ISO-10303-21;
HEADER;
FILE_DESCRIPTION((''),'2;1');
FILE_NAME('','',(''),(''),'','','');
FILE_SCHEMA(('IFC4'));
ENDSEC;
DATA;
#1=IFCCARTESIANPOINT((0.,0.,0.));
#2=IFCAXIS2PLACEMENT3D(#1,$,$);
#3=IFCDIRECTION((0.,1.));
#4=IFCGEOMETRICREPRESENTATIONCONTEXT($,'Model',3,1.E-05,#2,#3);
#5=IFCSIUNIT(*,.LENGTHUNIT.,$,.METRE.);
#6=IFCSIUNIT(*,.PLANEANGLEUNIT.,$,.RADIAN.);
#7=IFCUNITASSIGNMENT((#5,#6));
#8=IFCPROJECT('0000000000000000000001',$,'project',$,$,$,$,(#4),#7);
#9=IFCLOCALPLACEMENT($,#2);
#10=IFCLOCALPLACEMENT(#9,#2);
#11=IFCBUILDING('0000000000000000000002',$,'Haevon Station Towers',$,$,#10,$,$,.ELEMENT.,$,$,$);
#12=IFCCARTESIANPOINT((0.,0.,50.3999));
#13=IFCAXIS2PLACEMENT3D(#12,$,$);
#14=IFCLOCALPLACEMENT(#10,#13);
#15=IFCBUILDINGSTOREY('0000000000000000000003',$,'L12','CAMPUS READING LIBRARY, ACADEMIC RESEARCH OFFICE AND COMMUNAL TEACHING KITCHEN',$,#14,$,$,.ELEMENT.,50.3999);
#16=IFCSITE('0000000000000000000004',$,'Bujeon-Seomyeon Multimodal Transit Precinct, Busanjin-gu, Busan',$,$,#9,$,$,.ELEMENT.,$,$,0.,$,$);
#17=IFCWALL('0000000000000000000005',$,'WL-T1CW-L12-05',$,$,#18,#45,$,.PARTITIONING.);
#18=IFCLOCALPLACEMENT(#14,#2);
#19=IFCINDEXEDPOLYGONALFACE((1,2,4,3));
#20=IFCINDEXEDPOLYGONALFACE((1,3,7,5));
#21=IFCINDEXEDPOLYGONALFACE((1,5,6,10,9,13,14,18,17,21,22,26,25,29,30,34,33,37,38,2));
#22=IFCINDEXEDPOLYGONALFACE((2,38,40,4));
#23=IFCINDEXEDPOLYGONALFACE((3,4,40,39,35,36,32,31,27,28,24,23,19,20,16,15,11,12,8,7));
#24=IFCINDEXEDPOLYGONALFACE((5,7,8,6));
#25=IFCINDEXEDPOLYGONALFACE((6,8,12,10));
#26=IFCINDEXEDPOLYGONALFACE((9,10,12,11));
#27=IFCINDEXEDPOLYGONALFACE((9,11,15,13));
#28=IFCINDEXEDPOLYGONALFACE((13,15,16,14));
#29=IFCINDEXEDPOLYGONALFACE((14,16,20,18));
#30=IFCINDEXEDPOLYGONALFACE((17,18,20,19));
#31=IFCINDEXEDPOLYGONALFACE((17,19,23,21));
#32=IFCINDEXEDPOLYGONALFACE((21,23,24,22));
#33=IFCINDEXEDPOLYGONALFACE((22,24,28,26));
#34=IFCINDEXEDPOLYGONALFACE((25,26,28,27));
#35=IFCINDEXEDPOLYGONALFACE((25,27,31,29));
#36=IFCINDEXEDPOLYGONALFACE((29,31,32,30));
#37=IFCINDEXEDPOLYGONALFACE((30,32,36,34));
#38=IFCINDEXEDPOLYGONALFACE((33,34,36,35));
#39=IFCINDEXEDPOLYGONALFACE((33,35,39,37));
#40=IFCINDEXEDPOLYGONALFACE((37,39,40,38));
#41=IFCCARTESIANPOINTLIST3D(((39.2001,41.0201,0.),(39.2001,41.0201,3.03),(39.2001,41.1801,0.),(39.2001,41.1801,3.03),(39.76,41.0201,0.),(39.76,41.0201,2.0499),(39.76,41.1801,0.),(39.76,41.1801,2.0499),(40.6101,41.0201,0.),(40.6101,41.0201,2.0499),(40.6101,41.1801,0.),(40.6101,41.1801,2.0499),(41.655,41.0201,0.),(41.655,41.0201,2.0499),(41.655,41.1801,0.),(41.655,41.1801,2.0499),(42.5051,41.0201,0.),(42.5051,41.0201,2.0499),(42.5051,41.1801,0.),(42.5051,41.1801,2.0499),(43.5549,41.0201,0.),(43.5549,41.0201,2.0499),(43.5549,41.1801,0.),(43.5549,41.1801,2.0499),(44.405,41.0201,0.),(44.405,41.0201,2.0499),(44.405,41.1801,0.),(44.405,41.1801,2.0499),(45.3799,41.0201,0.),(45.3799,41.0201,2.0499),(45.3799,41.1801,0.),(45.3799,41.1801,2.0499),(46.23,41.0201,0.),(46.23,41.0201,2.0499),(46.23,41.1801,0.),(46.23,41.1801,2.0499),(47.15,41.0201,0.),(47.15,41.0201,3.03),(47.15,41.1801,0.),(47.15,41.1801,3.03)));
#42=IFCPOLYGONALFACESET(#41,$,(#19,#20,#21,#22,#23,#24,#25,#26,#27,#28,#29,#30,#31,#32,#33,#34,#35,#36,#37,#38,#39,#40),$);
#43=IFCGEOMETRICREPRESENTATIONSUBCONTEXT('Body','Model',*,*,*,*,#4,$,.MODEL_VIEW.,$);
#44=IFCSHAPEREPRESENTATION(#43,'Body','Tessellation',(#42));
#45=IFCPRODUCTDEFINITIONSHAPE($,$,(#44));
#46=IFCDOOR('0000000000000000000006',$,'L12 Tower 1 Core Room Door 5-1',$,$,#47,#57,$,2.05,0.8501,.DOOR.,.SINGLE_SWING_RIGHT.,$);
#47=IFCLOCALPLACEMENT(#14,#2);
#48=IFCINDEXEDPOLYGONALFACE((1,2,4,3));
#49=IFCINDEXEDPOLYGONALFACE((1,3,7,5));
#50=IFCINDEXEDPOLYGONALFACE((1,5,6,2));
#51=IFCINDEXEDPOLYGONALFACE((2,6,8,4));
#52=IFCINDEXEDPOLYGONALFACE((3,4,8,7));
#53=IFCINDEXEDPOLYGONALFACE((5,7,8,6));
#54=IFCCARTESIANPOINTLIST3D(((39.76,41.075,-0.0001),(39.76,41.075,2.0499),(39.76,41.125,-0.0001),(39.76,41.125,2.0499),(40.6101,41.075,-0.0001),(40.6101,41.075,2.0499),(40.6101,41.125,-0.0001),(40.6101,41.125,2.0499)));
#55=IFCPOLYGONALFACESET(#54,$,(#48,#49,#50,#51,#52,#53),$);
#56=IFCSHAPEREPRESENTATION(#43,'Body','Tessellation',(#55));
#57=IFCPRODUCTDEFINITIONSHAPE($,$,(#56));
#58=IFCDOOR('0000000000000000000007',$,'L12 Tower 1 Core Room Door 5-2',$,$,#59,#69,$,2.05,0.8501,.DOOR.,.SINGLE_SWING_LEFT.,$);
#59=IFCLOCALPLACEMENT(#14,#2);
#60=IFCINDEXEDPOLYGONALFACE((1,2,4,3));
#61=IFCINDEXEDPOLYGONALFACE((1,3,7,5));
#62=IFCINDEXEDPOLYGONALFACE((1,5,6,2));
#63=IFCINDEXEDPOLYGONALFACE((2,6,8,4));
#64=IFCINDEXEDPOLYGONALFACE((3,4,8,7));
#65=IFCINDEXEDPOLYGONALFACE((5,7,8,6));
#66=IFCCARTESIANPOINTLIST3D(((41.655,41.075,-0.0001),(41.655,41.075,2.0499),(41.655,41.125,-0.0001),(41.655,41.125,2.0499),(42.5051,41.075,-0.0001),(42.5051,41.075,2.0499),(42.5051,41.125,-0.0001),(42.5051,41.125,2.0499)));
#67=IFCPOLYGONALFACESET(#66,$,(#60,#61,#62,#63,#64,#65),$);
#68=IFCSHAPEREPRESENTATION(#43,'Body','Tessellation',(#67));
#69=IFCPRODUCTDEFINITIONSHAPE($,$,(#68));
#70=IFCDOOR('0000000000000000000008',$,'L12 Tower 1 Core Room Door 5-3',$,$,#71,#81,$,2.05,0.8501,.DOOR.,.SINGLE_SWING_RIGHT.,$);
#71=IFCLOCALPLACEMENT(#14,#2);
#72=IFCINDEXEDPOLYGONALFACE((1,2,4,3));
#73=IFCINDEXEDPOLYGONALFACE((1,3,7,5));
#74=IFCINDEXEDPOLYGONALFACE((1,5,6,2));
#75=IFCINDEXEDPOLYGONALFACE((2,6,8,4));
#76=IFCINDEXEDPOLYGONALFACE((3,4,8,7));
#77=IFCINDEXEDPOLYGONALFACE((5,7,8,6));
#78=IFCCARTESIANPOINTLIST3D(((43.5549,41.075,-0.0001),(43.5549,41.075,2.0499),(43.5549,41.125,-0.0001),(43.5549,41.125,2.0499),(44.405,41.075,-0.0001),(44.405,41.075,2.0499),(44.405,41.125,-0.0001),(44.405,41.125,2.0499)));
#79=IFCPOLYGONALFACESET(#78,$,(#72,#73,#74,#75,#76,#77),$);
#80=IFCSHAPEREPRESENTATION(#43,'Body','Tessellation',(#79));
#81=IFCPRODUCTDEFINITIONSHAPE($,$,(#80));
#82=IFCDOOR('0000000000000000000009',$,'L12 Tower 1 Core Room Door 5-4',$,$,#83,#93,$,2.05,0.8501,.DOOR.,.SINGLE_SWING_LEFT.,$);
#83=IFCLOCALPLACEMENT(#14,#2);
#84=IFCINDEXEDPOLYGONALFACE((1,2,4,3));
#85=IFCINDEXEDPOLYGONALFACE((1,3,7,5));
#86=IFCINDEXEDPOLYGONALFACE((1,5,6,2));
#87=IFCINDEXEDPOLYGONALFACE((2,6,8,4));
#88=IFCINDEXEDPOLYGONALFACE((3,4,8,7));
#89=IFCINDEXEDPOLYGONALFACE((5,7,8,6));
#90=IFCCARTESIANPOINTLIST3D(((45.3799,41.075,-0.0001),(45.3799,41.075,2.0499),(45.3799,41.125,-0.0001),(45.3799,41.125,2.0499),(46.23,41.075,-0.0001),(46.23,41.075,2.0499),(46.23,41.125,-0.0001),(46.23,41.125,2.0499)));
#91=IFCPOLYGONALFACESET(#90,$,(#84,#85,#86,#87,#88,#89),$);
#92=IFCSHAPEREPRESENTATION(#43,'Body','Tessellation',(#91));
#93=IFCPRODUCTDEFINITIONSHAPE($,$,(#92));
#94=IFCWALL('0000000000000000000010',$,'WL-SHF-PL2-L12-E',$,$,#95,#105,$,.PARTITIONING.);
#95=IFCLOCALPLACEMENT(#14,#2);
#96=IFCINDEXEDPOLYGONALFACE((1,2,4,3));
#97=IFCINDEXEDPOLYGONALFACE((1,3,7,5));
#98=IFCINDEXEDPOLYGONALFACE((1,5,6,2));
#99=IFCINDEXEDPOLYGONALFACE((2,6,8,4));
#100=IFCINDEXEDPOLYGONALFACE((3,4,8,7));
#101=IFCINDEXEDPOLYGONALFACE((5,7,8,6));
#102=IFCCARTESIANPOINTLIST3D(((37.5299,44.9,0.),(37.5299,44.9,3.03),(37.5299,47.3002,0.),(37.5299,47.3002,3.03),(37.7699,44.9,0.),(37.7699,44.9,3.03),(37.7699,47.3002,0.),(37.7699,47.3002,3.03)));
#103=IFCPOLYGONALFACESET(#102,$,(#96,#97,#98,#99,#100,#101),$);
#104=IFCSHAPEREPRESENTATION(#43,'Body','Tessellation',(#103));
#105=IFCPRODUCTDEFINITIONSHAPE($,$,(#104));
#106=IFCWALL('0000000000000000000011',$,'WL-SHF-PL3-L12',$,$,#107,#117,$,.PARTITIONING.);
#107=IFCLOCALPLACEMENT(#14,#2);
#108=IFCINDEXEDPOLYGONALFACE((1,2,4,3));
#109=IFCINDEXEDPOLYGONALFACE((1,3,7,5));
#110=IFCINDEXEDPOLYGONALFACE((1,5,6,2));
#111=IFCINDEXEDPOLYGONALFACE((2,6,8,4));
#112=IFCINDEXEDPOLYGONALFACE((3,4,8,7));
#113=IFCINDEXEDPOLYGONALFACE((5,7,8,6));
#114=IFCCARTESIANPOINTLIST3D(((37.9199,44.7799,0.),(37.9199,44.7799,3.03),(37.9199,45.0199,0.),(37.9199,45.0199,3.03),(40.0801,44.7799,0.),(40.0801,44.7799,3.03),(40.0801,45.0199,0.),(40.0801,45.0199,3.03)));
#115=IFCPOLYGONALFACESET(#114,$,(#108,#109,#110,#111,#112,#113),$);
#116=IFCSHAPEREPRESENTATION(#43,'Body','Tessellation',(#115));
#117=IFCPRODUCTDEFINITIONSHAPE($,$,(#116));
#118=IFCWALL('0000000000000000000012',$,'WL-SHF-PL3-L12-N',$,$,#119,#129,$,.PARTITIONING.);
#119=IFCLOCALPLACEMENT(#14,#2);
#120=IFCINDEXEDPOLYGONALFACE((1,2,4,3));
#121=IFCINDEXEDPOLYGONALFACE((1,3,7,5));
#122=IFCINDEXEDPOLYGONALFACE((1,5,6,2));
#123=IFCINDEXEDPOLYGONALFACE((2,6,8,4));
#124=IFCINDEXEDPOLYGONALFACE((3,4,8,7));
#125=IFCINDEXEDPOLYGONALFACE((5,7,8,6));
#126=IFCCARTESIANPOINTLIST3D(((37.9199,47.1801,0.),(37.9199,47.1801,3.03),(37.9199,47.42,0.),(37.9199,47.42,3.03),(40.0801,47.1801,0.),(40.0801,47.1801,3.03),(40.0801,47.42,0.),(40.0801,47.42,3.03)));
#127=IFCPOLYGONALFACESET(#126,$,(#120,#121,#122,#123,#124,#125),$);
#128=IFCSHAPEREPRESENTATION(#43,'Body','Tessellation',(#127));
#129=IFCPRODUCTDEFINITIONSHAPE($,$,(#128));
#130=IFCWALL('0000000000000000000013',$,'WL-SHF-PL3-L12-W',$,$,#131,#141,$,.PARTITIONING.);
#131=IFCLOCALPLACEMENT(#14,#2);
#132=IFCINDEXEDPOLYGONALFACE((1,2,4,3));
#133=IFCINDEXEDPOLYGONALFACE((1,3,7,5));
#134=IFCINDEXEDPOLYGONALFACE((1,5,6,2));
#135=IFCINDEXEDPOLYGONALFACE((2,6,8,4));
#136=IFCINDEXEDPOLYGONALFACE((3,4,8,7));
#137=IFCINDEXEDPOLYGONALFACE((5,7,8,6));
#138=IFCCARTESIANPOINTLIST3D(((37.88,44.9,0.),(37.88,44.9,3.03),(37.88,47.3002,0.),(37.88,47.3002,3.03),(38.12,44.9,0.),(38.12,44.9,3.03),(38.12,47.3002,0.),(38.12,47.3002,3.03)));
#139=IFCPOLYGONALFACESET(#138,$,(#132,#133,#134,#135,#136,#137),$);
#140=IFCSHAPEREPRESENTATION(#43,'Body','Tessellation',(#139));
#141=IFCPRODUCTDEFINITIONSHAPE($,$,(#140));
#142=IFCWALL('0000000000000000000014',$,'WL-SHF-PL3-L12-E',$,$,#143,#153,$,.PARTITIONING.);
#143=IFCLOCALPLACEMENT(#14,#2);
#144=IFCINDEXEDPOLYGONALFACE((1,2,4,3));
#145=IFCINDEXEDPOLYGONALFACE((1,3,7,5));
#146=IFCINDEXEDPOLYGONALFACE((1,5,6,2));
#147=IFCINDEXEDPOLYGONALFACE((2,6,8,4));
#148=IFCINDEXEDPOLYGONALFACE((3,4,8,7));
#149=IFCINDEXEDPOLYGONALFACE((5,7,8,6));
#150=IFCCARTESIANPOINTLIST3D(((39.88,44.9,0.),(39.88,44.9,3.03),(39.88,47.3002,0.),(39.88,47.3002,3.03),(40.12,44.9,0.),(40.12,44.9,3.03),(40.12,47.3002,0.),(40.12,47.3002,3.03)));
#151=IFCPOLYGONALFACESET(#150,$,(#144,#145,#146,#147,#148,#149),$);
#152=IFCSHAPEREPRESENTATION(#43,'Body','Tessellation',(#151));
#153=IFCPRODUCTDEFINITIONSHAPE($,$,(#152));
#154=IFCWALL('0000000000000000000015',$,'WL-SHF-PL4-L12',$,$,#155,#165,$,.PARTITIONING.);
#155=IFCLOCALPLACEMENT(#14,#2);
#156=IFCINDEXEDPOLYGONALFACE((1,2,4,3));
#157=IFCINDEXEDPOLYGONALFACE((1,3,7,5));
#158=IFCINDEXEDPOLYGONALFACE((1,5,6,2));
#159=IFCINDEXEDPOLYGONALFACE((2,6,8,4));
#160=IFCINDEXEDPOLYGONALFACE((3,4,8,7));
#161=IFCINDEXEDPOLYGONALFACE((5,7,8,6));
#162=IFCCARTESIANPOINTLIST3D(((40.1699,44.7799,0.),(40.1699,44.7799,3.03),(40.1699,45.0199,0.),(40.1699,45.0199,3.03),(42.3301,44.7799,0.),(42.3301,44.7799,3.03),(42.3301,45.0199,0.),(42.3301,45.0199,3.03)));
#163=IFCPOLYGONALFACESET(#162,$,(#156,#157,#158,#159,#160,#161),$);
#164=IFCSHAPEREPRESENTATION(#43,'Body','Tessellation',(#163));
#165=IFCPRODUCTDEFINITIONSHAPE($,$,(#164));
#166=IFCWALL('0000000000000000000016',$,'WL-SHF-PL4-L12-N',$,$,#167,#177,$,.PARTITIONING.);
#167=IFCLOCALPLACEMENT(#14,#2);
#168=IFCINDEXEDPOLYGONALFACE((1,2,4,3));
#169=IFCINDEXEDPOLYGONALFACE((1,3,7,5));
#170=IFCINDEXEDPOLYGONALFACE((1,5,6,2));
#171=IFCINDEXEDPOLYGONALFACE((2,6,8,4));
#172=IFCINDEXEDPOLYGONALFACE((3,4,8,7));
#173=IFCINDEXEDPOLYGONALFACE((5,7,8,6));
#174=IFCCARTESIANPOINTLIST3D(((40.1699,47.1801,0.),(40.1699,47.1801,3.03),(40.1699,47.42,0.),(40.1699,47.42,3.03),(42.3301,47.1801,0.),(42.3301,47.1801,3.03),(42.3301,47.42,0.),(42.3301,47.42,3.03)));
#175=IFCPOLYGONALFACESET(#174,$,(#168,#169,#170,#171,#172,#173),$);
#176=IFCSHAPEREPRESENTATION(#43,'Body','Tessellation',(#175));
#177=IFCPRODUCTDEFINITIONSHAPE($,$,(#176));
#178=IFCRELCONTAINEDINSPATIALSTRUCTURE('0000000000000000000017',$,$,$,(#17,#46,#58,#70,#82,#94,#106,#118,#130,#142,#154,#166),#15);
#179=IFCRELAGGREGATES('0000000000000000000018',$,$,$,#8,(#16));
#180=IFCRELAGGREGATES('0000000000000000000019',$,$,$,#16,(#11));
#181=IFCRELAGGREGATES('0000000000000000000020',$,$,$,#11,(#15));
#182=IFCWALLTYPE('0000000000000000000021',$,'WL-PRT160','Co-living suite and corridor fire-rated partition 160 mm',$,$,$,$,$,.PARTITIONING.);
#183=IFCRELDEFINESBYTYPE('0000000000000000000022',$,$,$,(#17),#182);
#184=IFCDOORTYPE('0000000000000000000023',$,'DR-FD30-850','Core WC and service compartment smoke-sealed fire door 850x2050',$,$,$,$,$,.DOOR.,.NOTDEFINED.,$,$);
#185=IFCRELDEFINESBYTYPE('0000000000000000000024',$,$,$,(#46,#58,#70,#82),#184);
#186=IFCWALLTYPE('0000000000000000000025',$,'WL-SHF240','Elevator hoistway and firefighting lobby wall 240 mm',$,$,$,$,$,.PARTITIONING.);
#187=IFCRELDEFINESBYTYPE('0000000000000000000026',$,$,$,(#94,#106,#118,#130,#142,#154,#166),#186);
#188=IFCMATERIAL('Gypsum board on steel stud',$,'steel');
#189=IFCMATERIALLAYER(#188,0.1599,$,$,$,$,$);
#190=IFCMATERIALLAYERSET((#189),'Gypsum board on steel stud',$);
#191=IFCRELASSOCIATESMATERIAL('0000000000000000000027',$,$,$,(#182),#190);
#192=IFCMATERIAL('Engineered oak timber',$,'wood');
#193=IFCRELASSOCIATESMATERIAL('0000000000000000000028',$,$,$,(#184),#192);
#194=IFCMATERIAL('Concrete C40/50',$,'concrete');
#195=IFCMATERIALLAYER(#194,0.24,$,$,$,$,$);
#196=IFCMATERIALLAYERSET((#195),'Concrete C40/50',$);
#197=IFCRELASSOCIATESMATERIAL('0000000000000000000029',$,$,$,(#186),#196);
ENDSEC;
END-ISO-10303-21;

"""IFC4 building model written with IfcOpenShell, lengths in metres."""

from ifc_helpers import new_model, si_unit, direction, frame, frame_2d, origin, place, context, subcontext, project, spatial, rectangle, extrude, material, layer, layer_set, type_object, element, fill, save


model = new_model("IFC4")

# Units and contexts
model_context = context("Model", 3, precision=1e-05, world=origin(), true_north=direction((0.0, 1.0)))
body_context = subcontext(model_context, "Body", "Model", "MODEL_VIEW")
ifc_project = project(units=[si_unit("LENGTHUNIT", "METRE"), si_unit("PLANEANGLEUNIT", "RADIAN")], contexts=[model_context])

# Site, building, storey
site_placement = place(None, origin())
site = spatial("IfcSite", under=ifc_project, at=site_placement, Name="Bujeon-Seomyeon Multimodal Transit Precinct, Busanjin-gu, Busan", CompositionType="ELEMENT", RefElevation=0.0)
building_placement = place(site_placement, origin())
building = spatial("IfcBuilding", under=site, at=building_placement, Name="Haevon Station Towers", CompositionType="ELEMENT")
storey_placement = place(building_placement, frame((0.0, 0.0, 50.3999)))
storey = spatial("IfcBuildingStorey", under=building, at=storey_placement, Name="L12", Description="CAMPUS READING LIBRARY, ACADEMIC RESEARCH OFFICE AND COMMUNAL TEACHING KITCHEN", CompositionType="ELEMENT", Elevation=50.3999)

# Wall, openings, doors
ifc_material_1 = material(Name="Gypsum board on steel stud", Category="steel")
ifc_layer_1 = layer(ifc_material_1, 0.1599)
ifc_layer_set_1 = layer_set([ifc_layer_1], Name="Gypsum board on steel stud")
wall_type_1 = type_object("IfcWallType", Name="WL-PRT160", Description="Co-living suite and corridor fire-rated partition 160 mm", PredefinedType="PARTITIONING", material=ifc_layer_set_1)
wall_1_placement = place(storey_placement, frame((39.2, 41.1001, 0.0), z_axis=(0.0, 0.0, 1.0), x_axis=(1.0, 0.0, 0.0)))
wall_1 = element("IfcWall", 1, at=wall_1_placement, inside=storey, type_object=wall_type_1, Name="WL-T1CW-L12-05", PredefinedType="PARTITIONING", context=body_context, shape_type="SweptSolid", body=[
    extrude(rectangle(XDim=7.95, YDim=0.1599, at=frame_2d((3.9751, 0.0))), origin(), (0.0, 0.0, 1.0), 3.03),
])
opening_1_placement = place(wall_1_placement, frame((0.5601, 0.0, 0.0)))
opening_1 = element("IfcOpeningElement", 2, at=opening_1_placement, cuts=wall_1, PredefinedType="OPENING", context=body_context, shape_type="SweptSolid", body=[
    extrude(rectangle(XDim=0.8501, YDim=2.05, at=frame_2d((0.425, 1.0249))), frame((0.0, 0.0898, 0.0), z_axis=(0.0, -1.0, 0.0), x_axis=(1.0, 0.0, 0.0)), (0.0, 0.0, 1.0), 0.1799),
])
opening_2_placement = place(wall_1_placement, frame((2.4551, 0.0, 0.0)))
opening_2 = element("IfcOpeningElement", 3, at=opening_2_placement, cuts=wall_1, PredefinedType="OPENING", context=body_context, shape_type="SweptSolid", body=[
    extrude(rectangle(XDim=0.8501, YDim=2.05, at=frame_2d((0.425, 1.0249))), frame((0.0, 0.0898, 0.0), z_axis=(0.0, -1.0, 0.0), x_axis=(1.0, 0.0, 0.0)), (0.0, 0.0, 1.0), 0.1799),
])
opening_3_placement = place(wall_1_placement, frame((4.355, 0.0, 0.0)))
opening_3 = element("IfcOpeningElement", 4, at=opening_3_placement, cuts=wall_1, PredefinedType="OPENING", context=body_context, shape_type="SweptSolid", body=[
    extrude(rectangle(XDim=0.8501, YDim=2.05, at=frame_2d((0.425, 1.0249))), frame((0.0, 0.0898, 0.0), z_axis=(0.0, -1.0, 0.0), x_axis=(1.0, 0.0, 0.0)), (0.0, 0.0, 1.0), 0.1799),
])
opening_4_placement = place(wall_1_placement, frame((6.1799, 0.0, 0.0)))
opening_4 = element("IfcOpeningElement", 5, at=opening_4_placement, cuts=wall_1, PredefinedType="OPENING", context=body_context, shape_type="SweptSolid", body=[
    extrude(rectangle(XDim=0.8501, YDim=2.05, at=frame_2d((0.425, 1.0249))), frame((0.0, 0.0898, 0.0), z_axis=(0.0, -1.0, 0.0), x_axis=(1.0, 0.0, 0.0)), (0.0, 0.0, 1.0), 0.1799),
])
ifc_material_2 = material(Name="Engineered oak timber", Category="wood")
door_type = type_object("IfcDoorType", Name="DR-FD30-850", Description="Core WC and service compartment smoke-sealed fire door 850x2050", OperationType="NOTDEFINED", PredefinedType="DOOR", material=ifc_material_2)
door_1_placement = place(opening_1_placement, origin())
door_1 = element("IfcDoor", 6, at=door_1_placement, inside=storey, type_object=door_type, Name="L12 Tower 1 Core Room Door 5-1", OperationType="SINGLE_SWING_RIGHT", OverallHeight=2.05, OverallWidth=0.8501, PredefinedType="DOOR", context=body_context, shape_type="SweptSolid", body=[
    extrude(rectangle(XDim=0.8501, YDim=2.05, at=frame_2d((0.425, 1.0249))), frame((0.0, 0.0249, 0.0), z_axis=(0.0, -1.0, 0.0), x_axis=(1.0, 0.0, 0.0)), (0.0, 0.0, 1.0), 0.05),
])
fill(opening_1, door_1)
door_2_placement = place(opening_2_placement, origin())
door_2 = element("IfcDoor", 7, at=door_2_placement, inside=storey, type_object=door_type, Name="L12 Tower 1 Core Room Door 5-2", OperationType="SINGLE_SWING_LEFT", OverallHeight=2.05, OverallWidth=0.8501, PredefinedType="DOOR", context=body_context, shape_type="SweptSolid", body=[
    extrude(rectangle(XDim=0.8501, YDim=2.05, at=frame_2d((0.425, 1.0249))), frame((0.0, 0.0249, 0.0), z_axis=(0.0, -1.0, 0.0), x_axis=(1.0, 0.0, 0.0)), (0.0, 0.0, 1.0), 0.05),
])
fill(opening_2, door_2)
door_3_placement = place(opening_3_placement, origin())
door_3 = element("IfcDoor", 8, at=door_3_placement, inside=storey, type_object=door_type, Name="L12 Tower 1 Core Room Door 5-3", OperationType="SINGLE_SWING_RIGHT", OverallHeight=2.05, OverallWidth=0.8501, PredefinedType="DOOR", context=body_context, shape_type="SweptSolid", body=[
    extrude(rectangle(XDim=0.8501, YDim=2.05, at=frame_2d((0.425, 1.0249))), frame((0.0, 0.0249, 0.0), z_axis=(0.0, -1.0, 0.0), x_axis=(1.0, 0.0, 0.0)), (0.0, 0.0, 1.0), 0.05),
])
fill(opening_3, door_3)
door_4_placement = place(opening_4_placement, origin())
door_4 = element("IfcDoor", 9, at=door_4_placement, inside=storey, type_object=door_type, Name="L12 Tower 1 Core Room Door 5-4", OperationType="SINGLE_SWING_LEFT", OverallHeight=2.05, OverallWidth=0.8501, PredefinedType="DOOR", context=body_context, shape_type="SweptSolid", body=[
    extrude(rectangle(XDim=0.8501, YDim=2.05, at=frame_2d((0.425, 1.0249))), frame((0.0, 0.0249, 0.0), z_axis=(0.0, -1.0, 0.0), x_axis=(1.0, 0.0, 0.0)), (0.0, 0.0, 1.0), 0.05),
])
fill(opening_4, door_4)

# Walls
ifc_material_3 = material(Name="Concrete C40/50", Category="concrete")
ifc_layer_2 = layer(ifc_material_3, 0.24)
ifc_layer_set_2 = layer_set([ifc_layer_2], Name="Concrete C40/50")
wall_type_2 = type_object("IfcWallType", Name="WL-SHF240", Description="Elevator hoistway and firefighting lobby wall 240 mm", PredefinedType="PARTITIONING", material=ifc_layer_set_2)
wall_2_placement = place(storey_placement, frame((37.6499, 44.8999, 0.0), z_axis=(0.0, 0.0, 1.0), x_axis=(0.0, 1.0, 0.0)))
element("IfcWall", 10, at=wall_2_placement, inside=storey, type_object=wall_type_2, Name="WL-SHF-PL2-L12-E", PredefinedType="PARTITIONING", context=body_context, shape_type="SweptSolid", body=[
    extrude(rectangle(XDim=2.4001, YDim=0.24, at=frame_2d((1.2002, 0.0))), origin(), (0.0, 0.0, 1.0), 3.03),
])
for number, where, z_axis, x_axis, name in (
    (11, (37.9199, 44.8999, 0.0), (0.0, 0.0, 1.0), (1.0, 0.0, 0.0), "WL-SHF-PL3-L12"),
    (12, (37.9199, 47.3, 0.0), (0.0, 0.0, 1.0), (1.0, 0.0, 0.0), "WL-SHF-PL3-L12-N"),
):
    element("IfcWall", number, at=place(storey_placement, frame(where, z_axis=z_axis, x_axis=x_axis)), inside=storey, type_object=wall_type_2, Name=name, PredefinedType="PARTITIONING", context=body_context, shape_type="SweptSolid", body=[
        extrude(rectangle(XDim=2.1602, YDim=0.24, at=frame_2d((1.0801, 0.0))), origin(), (0.0, 0.0, 1.0), 3.03),
    ])
for number, where, z_axis, x_axis, name in (
    (13, (38.0, 44.8999, 0.0), (0.0, 0.0, 1.0), (0.0, 1.0, 0.0), "WL-SHF-PL3-L12-W"),
    (14, (40.0, 44.8999, 0.0), (0.0, 0.0, 1.0), (0.0, 1.0, 0.0), "WL-SHF-PL3-L12-E"),
):
    element("IfcWall", number, at=place(storey_placement, frame(where, z_axis=z_axis, x_axis=x_axis)), inside=storey, type_object=wall_type_2, Name=name, PredefinedType="PARTITIONING", context=body_context, shape_type="SweptSolid", body=[
        extrude(rectangle(XDim=2.4001, YDim=0.24, at=frame_2d((1.2002, 0.0))), origin(), (0.0, 0.0, 1.0), 3.03),
    ])
for number, where, z_axis, x_axis, name in (
    (15, (40.1699, 44.8999, 0.0), (0.0, 0.0, 1.0), (1.0, 0.0, 0.0), "WL-SHF-PL4-L12"),
    (16, (40.1699, 47.3, 0.0), (0.0, 0.0, 1.0), (1.0, 0.0, 0.0), "WL-SHF-PL4-L12-N"),
):
    element("IfcWall", number, at=place(storey_placement, frame(where, z_axis=z_axis, x_axis=x_axis)), inside=storey, type_object=wall_type_2, Name=name, PredefinedType="PARTITIONING", context=body_context, shape_type="SweptSolid", body=[
        extrude(rectangle(XDim=2.1602, YDim=0.24, at=frame_2d((1.0801, 0.0))), origin(), (0.0, 0.0, 1.0), 3.03),
    ])

save(model, "model.ifc")
